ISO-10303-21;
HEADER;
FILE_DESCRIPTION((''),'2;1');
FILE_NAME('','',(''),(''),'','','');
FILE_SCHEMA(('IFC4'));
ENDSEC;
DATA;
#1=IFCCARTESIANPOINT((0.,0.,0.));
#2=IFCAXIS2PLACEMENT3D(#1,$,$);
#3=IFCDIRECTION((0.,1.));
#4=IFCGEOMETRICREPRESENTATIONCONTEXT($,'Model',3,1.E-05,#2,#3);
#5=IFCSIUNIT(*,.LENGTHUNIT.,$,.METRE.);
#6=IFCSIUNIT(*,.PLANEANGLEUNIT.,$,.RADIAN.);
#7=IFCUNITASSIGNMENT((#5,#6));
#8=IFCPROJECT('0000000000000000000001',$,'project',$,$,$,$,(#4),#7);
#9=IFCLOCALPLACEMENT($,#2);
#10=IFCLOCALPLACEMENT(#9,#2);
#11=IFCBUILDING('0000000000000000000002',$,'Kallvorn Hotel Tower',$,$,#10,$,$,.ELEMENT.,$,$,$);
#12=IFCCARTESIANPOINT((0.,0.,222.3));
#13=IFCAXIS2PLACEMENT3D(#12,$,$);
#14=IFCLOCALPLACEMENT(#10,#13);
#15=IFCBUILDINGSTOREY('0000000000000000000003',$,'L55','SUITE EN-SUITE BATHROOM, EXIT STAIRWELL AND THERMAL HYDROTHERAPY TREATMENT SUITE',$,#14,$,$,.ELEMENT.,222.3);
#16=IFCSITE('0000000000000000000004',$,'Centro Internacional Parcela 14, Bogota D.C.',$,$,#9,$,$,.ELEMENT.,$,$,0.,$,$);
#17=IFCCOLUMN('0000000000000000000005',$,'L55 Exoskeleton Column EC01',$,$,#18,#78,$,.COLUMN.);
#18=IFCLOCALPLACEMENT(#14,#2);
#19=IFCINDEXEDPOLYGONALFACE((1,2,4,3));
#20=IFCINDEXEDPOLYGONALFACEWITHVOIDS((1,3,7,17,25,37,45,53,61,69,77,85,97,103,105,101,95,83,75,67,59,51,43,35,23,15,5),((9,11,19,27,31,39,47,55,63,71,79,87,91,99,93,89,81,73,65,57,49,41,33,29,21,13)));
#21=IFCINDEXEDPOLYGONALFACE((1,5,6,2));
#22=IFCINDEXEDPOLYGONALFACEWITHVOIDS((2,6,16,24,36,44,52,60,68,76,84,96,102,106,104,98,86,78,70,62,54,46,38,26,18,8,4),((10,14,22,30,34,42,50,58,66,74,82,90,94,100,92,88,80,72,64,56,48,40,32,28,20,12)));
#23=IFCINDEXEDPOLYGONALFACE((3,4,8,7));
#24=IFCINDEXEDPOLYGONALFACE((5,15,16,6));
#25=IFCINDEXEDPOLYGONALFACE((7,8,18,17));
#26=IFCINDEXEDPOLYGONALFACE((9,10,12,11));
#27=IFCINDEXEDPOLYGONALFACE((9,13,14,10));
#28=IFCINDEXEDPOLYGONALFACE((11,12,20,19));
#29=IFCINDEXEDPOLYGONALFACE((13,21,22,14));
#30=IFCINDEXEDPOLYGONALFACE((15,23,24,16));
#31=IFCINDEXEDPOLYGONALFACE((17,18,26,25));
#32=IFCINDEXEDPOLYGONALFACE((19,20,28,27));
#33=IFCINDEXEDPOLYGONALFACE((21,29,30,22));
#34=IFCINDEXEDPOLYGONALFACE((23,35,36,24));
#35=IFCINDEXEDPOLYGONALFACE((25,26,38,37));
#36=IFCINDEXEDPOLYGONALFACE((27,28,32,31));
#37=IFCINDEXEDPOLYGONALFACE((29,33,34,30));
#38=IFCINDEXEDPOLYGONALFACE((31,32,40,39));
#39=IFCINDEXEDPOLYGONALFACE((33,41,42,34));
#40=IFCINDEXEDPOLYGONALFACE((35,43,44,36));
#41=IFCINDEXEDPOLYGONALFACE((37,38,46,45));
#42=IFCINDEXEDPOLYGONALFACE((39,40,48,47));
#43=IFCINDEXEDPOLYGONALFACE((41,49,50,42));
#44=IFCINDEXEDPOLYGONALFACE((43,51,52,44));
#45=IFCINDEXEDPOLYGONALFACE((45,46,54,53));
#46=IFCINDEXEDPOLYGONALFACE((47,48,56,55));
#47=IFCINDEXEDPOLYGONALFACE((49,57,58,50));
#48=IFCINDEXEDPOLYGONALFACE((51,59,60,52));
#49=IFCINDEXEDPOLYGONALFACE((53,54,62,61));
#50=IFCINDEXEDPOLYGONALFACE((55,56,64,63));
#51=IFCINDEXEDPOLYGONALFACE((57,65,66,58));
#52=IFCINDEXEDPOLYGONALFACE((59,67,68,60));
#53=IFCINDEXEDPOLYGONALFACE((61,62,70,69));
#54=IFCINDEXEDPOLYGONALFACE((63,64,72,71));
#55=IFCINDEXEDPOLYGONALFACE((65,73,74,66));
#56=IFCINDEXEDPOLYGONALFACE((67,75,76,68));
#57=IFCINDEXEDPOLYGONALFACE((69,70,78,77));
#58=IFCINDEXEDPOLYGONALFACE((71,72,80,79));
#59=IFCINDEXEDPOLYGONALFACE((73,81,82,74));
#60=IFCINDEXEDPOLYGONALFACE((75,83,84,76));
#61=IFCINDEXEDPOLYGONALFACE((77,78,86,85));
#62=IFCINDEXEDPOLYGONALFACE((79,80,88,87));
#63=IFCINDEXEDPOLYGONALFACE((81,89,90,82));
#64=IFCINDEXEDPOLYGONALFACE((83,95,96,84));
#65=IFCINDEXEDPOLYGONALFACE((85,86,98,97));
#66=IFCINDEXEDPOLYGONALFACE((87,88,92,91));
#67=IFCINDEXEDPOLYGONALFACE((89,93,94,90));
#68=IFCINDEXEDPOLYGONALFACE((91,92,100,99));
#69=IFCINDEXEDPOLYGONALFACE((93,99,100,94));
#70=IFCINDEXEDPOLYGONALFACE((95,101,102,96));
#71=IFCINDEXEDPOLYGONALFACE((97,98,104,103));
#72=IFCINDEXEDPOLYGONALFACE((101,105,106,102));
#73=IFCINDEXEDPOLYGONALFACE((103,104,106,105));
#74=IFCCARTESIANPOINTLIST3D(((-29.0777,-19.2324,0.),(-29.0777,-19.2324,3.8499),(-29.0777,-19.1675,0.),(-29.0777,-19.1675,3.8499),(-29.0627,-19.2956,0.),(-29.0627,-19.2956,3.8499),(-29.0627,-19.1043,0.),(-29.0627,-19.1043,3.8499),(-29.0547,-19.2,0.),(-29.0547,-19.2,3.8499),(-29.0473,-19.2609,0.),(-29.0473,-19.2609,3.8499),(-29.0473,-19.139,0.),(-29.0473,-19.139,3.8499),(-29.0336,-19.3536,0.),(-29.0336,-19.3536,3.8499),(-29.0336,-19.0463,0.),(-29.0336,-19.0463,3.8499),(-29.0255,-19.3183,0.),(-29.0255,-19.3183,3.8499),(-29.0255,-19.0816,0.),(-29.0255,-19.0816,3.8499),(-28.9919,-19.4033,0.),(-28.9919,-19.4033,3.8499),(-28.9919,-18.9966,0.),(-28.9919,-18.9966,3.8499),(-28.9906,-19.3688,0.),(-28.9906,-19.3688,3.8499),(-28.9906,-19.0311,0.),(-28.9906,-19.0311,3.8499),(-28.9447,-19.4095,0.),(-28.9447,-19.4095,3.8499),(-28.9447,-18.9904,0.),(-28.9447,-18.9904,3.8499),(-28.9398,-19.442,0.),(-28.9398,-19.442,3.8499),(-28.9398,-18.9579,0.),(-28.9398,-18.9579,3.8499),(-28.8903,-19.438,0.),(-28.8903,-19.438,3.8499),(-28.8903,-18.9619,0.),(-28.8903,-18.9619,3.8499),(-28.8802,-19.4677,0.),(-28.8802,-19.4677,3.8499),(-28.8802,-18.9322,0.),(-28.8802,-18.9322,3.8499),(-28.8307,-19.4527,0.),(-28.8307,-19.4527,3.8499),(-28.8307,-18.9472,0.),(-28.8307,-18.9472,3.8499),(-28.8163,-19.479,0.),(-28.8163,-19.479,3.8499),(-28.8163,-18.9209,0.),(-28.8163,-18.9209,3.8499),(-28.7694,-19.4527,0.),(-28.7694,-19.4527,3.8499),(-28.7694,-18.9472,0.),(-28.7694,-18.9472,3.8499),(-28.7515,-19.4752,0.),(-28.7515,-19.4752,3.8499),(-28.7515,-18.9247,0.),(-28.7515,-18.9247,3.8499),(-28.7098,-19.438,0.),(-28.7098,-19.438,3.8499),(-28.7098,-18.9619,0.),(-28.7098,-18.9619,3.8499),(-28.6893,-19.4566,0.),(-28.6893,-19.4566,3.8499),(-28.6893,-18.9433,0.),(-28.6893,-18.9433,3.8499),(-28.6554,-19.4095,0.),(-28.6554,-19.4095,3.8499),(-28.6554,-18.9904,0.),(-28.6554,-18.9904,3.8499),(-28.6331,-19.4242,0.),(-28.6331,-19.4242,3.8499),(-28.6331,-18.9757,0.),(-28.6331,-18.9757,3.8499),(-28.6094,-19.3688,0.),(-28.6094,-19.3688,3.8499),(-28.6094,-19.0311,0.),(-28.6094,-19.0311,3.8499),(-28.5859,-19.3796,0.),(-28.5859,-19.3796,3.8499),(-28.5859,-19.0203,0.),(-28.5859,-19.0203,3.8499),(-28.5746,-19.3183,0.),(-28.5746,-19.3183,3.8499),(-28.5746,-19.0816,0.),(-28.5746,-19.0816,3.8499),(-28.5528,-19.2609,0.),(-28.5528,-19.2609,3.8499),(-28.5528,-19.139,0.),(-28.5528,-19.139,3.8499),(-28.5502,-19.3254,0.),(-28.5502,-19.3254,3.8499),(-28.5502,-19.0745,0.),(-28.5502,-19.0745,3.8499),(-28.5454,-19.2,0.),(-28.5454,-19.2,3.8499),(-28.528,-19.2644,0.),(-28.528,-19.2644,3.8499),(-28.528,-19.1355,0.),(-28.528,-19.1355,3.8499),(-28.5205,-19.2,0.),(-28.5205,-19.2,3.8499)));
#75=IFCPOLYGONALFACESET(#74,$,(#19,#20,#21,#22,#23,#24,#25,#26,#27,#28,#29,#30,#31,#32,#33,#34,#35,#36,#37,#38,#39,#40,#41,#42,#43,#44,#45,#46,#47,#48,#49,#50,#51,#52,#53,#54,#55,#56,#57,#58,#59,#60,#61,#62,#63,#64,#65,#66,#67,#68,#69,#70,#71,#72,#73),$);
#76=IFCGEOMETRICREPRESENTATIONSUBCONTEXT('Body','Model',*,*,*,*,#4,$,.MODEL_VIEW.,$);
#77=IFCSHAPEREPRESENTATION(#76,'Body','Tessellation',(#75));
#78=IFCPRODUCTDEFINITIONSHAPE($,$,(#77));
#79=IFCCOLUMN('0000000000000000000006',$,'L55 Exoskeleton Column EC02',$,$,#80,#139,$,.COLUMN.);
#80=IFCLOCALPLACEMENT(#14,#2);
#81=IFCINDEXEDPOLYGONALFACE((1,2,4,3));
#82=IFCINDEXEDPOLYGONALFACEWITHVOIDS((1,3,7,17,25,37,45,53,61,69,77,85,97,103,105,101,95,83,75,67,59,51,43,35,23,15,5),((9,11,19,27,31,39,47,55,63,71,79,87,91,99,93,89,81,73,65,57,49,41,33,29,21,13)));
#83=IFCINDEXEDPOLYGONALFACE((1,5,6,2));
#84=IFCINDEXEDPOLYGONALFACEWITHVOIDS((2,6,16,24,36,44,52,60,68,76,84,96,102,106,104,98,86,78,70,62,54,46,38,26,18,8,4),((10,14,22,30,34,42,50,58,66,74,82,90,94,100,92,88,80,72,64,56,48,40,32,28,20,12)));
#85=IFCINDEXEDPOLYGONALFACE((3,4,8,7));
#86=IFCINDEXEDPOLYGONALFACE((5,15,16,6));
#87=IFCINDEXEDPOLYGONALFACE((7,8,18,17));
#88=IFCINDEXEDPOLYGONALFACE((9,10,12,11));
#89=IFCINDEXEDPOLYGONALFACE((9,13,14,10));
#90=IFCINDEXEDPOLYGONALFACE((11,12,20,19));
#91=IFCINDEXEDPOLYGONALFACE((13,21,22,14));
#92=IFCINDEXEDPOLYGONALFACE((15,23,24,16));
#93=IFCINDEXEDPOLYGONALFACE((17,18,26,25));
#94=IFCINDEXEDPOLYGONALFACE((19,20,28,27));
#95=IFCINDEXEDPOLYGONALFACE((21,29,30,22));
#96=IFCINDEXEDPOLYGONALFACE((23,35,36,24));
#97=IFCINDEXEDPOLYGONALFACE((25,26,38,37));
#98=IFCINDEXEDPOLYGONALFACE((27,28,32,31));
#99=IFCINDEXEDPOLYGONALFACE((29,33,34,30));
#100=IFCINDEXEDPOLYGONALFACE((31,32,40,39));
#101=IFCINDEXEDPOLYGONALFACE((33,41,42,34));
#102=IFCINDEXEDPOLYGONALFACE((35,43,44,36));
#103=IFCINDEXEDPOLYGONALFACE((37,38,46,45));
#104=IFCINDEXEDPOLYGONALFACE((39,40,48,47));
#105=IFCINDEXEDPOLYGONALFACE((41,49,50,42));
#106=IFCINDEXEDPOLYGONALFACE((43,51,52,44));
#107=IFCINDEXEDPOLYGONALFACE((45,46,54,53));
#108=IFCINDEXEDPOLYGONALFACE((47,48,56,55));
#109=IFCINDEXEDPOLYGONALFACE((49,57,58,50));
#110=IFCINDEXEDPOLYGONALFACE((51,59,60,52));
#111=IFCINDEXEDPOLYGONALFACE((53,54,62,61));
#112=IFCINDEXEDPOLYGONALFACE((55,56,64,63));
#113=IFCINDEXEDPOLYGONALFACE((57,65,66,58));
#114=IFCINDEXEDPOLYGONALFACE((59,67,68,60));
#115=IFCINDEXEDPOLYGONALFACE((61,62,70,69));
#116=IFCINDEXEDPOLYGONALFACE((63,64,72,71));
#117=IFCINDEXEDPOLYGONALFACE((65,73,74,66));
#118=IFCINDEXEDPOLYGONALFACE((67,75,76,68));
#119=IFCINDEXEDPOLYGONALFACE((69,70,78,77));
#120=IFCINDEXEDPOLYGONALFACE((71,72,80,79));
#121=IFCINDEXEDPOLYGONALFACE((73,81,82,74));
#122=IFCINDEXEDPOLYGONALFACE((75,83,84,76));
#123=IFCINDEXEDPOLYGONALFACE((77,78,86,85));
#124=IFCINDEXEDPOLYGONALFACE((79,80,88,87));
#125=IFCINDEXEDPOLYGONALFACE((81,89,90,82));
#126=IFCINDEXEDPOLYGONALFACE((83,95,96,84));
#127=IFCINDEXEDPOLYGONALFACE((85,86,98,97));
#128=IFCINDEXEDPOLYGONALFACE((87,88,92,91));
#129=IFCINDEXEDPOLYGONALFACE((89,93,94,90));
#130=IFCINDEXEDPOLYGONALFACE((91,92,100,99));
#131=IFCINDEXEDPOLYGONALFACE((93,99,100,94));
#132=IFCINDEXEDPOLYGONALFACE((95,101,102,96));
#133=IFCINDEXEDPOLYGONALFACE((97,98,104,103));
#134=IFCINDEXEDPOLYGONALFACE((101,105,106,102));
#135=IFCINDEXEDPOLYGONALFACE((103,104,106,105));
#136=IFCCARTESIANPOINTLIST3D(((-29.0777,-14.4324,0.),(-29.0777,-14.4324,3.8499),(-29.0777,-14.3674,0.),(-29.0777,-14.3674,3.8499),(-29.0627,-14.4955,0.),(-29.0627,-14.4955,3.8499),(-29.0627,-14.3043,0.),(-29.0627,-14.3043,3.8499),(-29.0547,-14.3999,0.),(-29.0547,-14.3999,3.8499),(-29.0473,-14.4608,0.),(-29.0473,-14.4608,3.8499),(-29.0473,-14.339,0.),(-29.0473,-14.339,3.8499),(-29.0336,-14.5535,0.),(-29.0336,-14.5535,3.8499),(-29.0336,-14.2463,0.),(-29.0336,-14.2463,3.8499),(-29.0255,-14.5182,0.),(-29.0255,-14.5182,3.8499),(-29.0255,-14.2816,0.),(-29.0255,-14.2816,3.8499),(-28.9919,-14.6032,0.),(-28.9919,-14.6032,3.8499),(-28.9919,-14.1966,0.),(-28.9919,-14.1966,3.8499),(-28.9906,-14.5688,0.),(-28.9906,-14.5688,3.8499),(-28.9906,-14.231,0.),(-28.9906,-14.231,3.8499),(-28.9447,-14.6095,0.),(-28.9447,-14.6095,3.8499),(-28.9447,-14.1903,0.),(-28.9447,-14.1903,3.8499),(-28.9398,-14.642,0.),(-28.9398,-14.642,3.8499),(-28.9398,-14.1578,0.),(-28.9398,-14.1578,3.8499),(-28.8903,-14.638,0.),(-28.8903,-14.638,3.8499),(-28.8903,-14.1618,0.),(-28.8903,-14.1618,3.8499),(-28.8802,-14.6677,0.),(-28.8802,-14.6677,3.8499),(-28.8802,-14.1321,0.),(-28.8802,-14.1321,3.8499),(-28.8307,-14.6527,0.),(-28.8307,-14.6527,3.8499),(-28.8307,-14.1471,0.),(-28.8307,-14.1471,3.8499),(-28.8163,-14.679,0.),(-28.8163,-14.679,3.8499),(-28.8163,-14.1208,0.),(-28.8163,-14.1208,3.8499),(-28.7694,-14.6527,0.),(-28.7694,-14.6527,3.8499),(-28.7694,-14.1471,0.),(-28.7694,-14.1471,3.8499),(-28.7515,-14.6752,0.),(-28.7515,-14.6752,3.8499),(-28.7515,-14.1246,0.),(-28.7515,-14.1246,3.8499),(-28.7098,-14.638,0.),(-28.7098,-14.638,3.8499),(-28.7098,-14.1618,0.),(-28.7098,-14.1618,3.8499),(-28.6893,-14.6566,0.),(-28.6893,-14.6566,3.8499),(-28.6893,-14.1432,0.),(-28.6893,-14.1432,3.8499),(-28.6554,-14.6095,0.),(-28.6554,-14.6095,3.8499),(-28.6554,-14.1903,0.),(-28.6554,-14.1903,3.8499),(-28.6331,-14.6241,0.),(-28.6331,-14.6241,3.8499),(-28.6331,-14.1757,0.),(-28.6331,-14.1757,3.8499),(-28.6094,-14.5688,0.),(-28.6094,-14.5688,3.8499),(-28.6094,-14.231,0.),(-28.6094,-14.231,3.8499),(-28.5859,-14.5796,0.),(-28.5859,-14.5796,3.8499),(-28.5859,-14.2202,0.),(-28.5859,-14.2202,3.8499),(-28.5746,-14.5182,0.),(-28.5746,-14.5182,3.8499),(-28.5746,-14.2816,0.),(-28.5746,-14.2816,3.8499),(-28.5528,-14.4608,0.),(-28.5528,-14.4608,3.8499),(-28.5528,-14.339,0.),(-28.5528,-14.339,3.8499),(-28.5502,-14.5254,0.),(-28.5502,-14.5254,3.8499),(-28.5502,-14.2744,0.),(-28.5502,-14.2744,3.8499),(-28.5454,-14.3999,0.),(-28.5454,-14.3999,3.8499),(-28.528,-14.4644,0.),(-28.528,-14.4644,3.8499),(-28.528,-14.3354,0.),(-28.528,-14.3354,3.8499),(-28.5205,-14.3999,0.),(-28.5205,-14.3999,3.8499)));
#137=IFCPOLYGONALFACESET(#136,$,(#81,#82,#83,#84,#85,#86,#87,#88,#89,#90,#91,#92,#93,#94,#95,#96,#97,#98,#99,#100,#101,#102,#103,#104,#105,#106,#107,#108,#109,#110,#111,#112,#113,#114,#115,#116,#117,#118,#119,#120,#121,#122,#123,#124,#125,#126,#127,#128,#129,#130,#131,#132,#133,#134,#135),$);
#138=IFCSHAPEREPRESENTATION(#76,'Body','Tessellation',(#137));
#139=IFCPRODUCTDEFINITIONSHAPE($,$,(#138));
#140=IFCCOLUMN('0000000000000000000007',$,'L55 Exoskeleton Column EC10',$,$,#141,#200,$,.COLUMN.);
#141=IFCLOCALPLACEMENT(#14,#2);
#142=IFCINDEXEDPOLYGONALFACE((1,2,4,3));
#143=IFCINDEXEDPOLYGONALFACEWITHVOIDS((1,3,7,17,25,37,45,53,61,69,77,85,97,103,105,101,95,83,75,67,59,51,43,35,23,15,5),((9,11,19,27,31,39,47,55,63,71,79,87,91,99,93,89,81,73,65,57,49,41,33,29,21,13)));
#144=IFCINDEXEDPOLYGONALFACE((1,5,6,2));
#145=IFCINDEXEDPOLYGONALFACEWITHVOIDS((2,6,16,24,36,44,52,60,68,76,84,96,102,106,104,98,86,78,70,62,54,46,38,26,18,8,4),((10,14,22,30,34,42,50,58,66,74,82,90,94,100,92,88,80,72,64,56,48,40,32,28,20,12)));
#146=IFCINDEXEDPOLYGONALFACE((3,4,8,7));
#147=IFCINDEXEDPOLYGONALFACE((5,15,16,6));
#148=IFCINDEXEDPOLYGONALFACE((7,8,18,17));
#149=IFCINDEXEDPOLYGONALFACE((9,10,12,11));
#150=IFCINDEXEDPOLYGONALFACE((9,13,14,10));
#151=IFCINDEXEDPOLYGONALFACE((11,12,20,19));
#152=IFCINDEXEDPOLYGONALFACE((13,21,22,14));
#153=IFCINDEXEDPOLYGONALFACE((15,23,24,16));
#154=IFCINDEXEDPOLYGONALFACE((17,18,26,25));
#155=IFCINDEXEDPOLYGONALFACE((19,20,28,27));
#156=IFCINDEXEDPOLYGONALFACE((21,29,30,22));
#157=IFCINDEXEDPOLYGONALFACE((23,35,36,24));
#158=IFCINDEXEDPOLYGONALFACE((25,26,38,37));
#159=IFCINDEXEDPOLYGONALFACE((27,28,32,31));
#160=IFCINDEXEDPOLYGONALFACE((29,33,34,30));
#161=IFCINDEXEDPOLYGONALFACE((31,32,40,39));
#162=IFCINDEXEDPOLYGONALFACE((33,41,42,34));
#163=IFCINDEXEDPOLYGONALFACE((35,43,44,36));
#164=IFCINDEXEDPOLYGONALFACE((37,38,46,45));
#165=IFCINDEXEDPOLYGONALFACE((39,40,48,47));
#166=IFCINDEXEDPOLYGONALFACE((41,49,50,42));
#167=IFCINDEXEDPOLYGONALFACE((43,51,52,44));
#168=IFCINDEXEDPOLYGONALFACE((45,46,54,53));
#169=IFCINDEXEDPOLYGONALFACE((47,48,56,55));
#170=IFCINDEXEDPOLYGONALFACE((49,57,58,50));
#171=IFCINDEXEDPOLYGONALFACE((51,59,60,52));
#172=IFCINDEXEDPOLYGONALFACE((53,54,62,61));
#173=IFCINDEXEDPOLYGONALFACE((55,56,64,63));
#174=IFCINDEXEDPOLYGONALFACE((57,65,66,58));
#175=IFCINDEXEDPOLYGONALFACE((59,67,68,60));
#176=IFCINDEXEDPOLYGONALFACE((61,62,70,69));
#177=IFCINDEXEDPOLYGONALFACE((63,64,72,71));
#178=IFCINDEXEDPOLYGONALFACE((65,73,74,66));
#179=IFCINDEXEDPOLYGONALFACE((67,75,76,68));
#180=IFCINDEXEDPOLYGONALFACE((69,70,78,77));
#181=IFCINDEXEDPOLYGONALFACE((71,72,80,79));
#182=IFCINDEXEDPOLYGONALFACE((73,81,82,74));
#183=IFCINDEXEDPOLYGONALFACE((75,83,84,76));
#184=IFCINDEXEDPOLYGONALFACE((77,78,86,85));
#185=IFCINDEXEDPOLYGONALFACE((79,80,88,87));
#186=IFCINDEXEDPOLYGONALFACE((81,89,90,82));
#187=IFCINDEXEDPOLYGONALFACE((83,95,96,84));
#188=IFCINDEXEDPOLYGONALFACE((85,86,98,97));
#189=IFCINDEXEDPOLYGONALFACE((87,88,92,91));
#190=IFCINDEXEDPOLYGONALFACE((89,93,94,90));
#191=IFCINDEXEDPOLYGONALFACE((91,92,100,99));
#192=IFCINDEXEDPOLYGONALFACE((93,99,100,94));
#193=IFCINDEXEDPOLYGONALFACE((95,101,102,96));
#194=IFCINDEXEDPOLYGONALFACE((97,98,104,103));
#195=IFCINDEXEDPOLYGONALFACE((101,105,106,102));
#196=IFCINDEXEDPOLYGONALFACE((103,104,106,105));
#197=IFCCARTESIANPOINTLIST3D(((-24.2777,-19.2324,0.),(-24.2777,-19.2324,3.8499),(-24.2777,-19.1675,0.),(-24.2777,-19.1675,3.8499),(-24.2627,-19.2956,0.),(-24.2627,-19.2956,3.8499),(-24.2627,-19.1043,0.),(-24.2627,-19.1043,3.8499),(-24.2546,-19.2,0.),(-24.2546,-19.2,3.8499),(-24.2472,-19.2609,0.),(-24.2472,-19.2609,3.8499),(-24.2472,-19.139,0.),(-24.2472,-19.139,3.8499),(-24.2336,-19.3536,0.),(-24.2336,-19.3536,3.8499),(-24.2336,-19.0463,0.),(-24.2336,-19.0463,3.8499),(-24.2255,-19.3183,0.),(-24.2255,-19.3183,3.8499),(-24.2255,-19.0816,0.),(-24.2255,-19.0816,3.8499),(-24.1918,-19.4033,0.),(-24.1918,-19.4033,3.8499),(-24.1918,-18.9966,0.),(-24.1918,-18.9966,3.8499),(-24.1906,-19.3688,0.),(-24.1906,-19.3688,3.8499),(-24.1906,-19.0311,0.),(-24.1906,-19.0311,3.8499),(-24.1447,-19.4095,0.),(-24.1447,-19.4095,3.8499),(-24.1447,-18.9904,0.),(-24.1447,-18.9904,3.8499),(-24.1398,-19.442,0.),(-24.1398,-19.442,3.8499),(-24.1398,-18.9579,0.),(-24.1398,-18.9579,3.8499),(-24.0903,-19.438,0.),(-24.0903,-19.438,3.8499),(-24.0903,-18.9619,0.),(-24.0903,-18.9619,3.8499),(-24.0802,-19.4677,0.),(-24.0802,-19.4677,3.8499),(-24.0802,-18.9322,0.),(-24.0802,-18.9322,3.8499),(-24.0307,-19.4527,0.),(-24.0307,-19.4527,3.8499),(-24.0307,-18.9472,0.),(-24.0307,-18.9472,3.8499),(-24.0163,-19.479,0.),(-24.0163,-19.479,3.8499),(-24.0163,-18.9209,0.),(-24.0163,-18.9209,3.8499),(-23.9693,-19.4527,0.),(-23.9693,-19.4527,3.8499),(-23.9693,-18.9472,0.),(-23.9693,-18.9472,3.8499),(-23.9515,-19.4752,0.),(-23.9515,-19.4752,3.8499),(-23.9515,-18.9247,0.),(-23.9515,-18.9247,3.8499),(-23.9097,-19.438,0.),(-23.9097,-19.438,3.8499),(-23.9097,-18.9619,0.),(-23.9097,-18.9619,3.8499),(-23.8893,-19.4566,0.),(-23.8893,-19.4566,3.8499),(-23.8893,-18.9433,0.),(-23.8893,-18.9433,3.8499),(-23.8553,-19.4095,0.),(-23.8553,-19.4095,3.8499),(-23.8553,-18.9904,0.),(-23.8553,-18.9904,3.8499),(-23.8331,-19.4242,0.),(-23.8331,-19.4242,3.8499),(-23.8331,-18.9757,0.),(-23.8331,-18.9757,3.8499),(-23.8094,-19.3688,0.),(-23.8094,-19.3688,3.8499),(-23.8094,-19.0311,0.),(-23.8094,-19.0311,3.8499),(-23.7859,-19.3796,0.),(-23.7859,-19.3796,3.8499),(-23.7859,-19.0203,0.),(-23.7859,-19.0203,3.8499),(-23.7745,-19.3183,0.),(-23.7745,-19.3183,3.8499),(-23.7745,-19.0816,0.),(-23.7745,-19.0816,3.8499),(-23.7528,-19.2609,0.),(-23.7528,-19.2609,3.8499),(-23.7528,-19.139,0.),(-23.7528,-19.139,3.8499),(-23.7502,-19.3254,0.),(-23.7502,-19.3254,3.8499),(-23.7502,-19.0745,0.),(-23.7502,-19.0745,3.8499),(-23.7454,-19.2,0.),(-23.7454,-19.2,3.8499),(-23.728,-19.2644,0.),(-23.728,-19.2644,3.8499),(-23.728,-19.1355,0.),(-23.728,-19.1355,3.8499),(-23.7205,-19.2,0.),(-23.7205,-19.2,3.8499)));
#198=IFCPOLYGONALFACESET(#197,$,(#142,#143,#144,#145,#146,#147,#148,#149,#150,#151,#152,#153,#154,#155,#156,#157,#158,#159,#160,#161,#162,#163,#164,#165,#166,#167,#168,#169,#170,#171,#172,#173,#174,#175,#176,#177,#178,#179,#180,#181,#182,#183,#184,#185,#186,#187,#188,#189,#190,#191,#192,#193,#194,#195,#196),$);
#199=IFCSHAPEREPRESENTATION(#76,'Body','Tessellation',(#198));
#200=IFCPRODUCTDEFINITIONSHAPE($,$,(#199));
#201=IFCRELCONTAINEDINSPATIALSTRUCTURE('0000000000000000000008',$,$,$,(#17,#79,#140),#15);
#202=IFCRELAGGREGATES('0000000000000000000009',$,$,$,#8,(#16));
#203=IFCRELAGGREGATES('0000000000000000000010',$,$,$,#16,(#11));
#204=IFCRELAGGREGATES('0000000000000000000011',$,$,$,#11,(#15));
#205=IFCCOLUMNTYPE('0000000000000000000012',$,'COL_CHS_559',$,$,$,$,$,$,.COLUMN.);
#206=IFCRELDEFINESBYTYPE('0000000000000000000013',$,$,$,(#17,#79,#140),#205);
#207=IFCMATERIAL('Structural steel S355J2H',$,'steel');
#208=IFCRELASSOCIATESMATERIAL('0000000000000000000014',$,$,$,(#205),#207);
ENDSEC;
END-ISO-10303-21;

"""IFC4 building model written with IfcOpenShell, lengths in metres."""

from ifc_helpers import new_model, si_unit, direction, frame, origin, origin_2d, place, context, subcontext, project, spatial, hollow_circle, extrude, material, material_profile, profile_set, type_object, element, save


model = new_model("IFC4")

# Units and contexts
model_context = context("Model", 3, precision=1e-05, world=origin(), true_north=direction((0.0, 1.0)))
body_context = subcontext(model_context, "Body", "Model", "MODEL_VIEW")
ifc_project = project(units=[si_unit("LENGTHUNIT", "METRE"), si_unit("PLANEANGLEUNIT", "RADIAN")], contexts=[model_context])

# Site, building, storey
site_placement = place(None, origin())
site = spatial("IfcSite", under=ifc_project, at=site_placement, Name="Centro Internacional Parcela 14, Bogota D.C.", CompositionType="ELEMENT", RefElevation=0.0)
building_placement = place(site_placement, origin())
building = spatial("IfcBuilding", under=site, at=building_placement, Name="Kallvorn Hotel Tower", CompositionType="ELEMENT")
storey_placement = place(building_placement, frame((0.0, 0.0, 222.3)))
storey = spatial("IfcBuildingStorey", under=building, at=storey_placement, Name="L55", Description="SUITE EN-SUITE BATHROOM, EXIT STAIRWELL AND THERMAL HYDROTHERAPY TREATMENT SUITE", CompositionType="ELEMENT", Elevation=222.3)

# Columns
ifc_material_1 = material(Name="Structural steel S355J2H", Category="steel")
ifc_material_profile_1 = material_profile(ifc_material_1, hollow_circle(Radius=0.2795, WallThickness=0.0249, at=origin_2d()), Name="CHS 559x25")
ifc_profile_set_1 = profile_set([ifc_material_profile_1], Name="Structural steel S355J2H")
column_type_1 = type_object("IfcColumnType", Name="COL_CHS_559", PredefinedType="COLUMN", material=ifc_profile_set_1)
for number, where, z_axis, x_axis, name in (
    (1, (-28.8, -19.2, 0.0), (0.0, 0.0, 1.0), (1.0, 0.0, 0.0), "L55 Exoskeleton Column EC01"),
    (2, (-28.8, -14.3999, 0.0), (0.0, 0.0, 1.0), (1.0, 0.0, 0.0), "L55 Exoskeleton Column EC02"),
    (3, (-24.0, -19.2, 0.0), (0.0, 0.0, 1.0), (1.0, 0.0, 0.0), "L55 Exoskeleton Column EC10"),
):
    element("IfcColumn", number, at=place(storey_placement, frame(where, z_axis=z_axis, x_axis=x_axis)), inside=storey, type_object=column_type_1, Name=name, PredefinedType="COLUMN", context=body_context, shape_type="SweptSolid", body=[
        extrude(hollow_circle(Radius=0.2795, WallThickness=0.0249, at=origin_2d()), origin(), (0.0, 0.0, 1.0), 3.8499),
    ])

save(model, "model.ifc")
